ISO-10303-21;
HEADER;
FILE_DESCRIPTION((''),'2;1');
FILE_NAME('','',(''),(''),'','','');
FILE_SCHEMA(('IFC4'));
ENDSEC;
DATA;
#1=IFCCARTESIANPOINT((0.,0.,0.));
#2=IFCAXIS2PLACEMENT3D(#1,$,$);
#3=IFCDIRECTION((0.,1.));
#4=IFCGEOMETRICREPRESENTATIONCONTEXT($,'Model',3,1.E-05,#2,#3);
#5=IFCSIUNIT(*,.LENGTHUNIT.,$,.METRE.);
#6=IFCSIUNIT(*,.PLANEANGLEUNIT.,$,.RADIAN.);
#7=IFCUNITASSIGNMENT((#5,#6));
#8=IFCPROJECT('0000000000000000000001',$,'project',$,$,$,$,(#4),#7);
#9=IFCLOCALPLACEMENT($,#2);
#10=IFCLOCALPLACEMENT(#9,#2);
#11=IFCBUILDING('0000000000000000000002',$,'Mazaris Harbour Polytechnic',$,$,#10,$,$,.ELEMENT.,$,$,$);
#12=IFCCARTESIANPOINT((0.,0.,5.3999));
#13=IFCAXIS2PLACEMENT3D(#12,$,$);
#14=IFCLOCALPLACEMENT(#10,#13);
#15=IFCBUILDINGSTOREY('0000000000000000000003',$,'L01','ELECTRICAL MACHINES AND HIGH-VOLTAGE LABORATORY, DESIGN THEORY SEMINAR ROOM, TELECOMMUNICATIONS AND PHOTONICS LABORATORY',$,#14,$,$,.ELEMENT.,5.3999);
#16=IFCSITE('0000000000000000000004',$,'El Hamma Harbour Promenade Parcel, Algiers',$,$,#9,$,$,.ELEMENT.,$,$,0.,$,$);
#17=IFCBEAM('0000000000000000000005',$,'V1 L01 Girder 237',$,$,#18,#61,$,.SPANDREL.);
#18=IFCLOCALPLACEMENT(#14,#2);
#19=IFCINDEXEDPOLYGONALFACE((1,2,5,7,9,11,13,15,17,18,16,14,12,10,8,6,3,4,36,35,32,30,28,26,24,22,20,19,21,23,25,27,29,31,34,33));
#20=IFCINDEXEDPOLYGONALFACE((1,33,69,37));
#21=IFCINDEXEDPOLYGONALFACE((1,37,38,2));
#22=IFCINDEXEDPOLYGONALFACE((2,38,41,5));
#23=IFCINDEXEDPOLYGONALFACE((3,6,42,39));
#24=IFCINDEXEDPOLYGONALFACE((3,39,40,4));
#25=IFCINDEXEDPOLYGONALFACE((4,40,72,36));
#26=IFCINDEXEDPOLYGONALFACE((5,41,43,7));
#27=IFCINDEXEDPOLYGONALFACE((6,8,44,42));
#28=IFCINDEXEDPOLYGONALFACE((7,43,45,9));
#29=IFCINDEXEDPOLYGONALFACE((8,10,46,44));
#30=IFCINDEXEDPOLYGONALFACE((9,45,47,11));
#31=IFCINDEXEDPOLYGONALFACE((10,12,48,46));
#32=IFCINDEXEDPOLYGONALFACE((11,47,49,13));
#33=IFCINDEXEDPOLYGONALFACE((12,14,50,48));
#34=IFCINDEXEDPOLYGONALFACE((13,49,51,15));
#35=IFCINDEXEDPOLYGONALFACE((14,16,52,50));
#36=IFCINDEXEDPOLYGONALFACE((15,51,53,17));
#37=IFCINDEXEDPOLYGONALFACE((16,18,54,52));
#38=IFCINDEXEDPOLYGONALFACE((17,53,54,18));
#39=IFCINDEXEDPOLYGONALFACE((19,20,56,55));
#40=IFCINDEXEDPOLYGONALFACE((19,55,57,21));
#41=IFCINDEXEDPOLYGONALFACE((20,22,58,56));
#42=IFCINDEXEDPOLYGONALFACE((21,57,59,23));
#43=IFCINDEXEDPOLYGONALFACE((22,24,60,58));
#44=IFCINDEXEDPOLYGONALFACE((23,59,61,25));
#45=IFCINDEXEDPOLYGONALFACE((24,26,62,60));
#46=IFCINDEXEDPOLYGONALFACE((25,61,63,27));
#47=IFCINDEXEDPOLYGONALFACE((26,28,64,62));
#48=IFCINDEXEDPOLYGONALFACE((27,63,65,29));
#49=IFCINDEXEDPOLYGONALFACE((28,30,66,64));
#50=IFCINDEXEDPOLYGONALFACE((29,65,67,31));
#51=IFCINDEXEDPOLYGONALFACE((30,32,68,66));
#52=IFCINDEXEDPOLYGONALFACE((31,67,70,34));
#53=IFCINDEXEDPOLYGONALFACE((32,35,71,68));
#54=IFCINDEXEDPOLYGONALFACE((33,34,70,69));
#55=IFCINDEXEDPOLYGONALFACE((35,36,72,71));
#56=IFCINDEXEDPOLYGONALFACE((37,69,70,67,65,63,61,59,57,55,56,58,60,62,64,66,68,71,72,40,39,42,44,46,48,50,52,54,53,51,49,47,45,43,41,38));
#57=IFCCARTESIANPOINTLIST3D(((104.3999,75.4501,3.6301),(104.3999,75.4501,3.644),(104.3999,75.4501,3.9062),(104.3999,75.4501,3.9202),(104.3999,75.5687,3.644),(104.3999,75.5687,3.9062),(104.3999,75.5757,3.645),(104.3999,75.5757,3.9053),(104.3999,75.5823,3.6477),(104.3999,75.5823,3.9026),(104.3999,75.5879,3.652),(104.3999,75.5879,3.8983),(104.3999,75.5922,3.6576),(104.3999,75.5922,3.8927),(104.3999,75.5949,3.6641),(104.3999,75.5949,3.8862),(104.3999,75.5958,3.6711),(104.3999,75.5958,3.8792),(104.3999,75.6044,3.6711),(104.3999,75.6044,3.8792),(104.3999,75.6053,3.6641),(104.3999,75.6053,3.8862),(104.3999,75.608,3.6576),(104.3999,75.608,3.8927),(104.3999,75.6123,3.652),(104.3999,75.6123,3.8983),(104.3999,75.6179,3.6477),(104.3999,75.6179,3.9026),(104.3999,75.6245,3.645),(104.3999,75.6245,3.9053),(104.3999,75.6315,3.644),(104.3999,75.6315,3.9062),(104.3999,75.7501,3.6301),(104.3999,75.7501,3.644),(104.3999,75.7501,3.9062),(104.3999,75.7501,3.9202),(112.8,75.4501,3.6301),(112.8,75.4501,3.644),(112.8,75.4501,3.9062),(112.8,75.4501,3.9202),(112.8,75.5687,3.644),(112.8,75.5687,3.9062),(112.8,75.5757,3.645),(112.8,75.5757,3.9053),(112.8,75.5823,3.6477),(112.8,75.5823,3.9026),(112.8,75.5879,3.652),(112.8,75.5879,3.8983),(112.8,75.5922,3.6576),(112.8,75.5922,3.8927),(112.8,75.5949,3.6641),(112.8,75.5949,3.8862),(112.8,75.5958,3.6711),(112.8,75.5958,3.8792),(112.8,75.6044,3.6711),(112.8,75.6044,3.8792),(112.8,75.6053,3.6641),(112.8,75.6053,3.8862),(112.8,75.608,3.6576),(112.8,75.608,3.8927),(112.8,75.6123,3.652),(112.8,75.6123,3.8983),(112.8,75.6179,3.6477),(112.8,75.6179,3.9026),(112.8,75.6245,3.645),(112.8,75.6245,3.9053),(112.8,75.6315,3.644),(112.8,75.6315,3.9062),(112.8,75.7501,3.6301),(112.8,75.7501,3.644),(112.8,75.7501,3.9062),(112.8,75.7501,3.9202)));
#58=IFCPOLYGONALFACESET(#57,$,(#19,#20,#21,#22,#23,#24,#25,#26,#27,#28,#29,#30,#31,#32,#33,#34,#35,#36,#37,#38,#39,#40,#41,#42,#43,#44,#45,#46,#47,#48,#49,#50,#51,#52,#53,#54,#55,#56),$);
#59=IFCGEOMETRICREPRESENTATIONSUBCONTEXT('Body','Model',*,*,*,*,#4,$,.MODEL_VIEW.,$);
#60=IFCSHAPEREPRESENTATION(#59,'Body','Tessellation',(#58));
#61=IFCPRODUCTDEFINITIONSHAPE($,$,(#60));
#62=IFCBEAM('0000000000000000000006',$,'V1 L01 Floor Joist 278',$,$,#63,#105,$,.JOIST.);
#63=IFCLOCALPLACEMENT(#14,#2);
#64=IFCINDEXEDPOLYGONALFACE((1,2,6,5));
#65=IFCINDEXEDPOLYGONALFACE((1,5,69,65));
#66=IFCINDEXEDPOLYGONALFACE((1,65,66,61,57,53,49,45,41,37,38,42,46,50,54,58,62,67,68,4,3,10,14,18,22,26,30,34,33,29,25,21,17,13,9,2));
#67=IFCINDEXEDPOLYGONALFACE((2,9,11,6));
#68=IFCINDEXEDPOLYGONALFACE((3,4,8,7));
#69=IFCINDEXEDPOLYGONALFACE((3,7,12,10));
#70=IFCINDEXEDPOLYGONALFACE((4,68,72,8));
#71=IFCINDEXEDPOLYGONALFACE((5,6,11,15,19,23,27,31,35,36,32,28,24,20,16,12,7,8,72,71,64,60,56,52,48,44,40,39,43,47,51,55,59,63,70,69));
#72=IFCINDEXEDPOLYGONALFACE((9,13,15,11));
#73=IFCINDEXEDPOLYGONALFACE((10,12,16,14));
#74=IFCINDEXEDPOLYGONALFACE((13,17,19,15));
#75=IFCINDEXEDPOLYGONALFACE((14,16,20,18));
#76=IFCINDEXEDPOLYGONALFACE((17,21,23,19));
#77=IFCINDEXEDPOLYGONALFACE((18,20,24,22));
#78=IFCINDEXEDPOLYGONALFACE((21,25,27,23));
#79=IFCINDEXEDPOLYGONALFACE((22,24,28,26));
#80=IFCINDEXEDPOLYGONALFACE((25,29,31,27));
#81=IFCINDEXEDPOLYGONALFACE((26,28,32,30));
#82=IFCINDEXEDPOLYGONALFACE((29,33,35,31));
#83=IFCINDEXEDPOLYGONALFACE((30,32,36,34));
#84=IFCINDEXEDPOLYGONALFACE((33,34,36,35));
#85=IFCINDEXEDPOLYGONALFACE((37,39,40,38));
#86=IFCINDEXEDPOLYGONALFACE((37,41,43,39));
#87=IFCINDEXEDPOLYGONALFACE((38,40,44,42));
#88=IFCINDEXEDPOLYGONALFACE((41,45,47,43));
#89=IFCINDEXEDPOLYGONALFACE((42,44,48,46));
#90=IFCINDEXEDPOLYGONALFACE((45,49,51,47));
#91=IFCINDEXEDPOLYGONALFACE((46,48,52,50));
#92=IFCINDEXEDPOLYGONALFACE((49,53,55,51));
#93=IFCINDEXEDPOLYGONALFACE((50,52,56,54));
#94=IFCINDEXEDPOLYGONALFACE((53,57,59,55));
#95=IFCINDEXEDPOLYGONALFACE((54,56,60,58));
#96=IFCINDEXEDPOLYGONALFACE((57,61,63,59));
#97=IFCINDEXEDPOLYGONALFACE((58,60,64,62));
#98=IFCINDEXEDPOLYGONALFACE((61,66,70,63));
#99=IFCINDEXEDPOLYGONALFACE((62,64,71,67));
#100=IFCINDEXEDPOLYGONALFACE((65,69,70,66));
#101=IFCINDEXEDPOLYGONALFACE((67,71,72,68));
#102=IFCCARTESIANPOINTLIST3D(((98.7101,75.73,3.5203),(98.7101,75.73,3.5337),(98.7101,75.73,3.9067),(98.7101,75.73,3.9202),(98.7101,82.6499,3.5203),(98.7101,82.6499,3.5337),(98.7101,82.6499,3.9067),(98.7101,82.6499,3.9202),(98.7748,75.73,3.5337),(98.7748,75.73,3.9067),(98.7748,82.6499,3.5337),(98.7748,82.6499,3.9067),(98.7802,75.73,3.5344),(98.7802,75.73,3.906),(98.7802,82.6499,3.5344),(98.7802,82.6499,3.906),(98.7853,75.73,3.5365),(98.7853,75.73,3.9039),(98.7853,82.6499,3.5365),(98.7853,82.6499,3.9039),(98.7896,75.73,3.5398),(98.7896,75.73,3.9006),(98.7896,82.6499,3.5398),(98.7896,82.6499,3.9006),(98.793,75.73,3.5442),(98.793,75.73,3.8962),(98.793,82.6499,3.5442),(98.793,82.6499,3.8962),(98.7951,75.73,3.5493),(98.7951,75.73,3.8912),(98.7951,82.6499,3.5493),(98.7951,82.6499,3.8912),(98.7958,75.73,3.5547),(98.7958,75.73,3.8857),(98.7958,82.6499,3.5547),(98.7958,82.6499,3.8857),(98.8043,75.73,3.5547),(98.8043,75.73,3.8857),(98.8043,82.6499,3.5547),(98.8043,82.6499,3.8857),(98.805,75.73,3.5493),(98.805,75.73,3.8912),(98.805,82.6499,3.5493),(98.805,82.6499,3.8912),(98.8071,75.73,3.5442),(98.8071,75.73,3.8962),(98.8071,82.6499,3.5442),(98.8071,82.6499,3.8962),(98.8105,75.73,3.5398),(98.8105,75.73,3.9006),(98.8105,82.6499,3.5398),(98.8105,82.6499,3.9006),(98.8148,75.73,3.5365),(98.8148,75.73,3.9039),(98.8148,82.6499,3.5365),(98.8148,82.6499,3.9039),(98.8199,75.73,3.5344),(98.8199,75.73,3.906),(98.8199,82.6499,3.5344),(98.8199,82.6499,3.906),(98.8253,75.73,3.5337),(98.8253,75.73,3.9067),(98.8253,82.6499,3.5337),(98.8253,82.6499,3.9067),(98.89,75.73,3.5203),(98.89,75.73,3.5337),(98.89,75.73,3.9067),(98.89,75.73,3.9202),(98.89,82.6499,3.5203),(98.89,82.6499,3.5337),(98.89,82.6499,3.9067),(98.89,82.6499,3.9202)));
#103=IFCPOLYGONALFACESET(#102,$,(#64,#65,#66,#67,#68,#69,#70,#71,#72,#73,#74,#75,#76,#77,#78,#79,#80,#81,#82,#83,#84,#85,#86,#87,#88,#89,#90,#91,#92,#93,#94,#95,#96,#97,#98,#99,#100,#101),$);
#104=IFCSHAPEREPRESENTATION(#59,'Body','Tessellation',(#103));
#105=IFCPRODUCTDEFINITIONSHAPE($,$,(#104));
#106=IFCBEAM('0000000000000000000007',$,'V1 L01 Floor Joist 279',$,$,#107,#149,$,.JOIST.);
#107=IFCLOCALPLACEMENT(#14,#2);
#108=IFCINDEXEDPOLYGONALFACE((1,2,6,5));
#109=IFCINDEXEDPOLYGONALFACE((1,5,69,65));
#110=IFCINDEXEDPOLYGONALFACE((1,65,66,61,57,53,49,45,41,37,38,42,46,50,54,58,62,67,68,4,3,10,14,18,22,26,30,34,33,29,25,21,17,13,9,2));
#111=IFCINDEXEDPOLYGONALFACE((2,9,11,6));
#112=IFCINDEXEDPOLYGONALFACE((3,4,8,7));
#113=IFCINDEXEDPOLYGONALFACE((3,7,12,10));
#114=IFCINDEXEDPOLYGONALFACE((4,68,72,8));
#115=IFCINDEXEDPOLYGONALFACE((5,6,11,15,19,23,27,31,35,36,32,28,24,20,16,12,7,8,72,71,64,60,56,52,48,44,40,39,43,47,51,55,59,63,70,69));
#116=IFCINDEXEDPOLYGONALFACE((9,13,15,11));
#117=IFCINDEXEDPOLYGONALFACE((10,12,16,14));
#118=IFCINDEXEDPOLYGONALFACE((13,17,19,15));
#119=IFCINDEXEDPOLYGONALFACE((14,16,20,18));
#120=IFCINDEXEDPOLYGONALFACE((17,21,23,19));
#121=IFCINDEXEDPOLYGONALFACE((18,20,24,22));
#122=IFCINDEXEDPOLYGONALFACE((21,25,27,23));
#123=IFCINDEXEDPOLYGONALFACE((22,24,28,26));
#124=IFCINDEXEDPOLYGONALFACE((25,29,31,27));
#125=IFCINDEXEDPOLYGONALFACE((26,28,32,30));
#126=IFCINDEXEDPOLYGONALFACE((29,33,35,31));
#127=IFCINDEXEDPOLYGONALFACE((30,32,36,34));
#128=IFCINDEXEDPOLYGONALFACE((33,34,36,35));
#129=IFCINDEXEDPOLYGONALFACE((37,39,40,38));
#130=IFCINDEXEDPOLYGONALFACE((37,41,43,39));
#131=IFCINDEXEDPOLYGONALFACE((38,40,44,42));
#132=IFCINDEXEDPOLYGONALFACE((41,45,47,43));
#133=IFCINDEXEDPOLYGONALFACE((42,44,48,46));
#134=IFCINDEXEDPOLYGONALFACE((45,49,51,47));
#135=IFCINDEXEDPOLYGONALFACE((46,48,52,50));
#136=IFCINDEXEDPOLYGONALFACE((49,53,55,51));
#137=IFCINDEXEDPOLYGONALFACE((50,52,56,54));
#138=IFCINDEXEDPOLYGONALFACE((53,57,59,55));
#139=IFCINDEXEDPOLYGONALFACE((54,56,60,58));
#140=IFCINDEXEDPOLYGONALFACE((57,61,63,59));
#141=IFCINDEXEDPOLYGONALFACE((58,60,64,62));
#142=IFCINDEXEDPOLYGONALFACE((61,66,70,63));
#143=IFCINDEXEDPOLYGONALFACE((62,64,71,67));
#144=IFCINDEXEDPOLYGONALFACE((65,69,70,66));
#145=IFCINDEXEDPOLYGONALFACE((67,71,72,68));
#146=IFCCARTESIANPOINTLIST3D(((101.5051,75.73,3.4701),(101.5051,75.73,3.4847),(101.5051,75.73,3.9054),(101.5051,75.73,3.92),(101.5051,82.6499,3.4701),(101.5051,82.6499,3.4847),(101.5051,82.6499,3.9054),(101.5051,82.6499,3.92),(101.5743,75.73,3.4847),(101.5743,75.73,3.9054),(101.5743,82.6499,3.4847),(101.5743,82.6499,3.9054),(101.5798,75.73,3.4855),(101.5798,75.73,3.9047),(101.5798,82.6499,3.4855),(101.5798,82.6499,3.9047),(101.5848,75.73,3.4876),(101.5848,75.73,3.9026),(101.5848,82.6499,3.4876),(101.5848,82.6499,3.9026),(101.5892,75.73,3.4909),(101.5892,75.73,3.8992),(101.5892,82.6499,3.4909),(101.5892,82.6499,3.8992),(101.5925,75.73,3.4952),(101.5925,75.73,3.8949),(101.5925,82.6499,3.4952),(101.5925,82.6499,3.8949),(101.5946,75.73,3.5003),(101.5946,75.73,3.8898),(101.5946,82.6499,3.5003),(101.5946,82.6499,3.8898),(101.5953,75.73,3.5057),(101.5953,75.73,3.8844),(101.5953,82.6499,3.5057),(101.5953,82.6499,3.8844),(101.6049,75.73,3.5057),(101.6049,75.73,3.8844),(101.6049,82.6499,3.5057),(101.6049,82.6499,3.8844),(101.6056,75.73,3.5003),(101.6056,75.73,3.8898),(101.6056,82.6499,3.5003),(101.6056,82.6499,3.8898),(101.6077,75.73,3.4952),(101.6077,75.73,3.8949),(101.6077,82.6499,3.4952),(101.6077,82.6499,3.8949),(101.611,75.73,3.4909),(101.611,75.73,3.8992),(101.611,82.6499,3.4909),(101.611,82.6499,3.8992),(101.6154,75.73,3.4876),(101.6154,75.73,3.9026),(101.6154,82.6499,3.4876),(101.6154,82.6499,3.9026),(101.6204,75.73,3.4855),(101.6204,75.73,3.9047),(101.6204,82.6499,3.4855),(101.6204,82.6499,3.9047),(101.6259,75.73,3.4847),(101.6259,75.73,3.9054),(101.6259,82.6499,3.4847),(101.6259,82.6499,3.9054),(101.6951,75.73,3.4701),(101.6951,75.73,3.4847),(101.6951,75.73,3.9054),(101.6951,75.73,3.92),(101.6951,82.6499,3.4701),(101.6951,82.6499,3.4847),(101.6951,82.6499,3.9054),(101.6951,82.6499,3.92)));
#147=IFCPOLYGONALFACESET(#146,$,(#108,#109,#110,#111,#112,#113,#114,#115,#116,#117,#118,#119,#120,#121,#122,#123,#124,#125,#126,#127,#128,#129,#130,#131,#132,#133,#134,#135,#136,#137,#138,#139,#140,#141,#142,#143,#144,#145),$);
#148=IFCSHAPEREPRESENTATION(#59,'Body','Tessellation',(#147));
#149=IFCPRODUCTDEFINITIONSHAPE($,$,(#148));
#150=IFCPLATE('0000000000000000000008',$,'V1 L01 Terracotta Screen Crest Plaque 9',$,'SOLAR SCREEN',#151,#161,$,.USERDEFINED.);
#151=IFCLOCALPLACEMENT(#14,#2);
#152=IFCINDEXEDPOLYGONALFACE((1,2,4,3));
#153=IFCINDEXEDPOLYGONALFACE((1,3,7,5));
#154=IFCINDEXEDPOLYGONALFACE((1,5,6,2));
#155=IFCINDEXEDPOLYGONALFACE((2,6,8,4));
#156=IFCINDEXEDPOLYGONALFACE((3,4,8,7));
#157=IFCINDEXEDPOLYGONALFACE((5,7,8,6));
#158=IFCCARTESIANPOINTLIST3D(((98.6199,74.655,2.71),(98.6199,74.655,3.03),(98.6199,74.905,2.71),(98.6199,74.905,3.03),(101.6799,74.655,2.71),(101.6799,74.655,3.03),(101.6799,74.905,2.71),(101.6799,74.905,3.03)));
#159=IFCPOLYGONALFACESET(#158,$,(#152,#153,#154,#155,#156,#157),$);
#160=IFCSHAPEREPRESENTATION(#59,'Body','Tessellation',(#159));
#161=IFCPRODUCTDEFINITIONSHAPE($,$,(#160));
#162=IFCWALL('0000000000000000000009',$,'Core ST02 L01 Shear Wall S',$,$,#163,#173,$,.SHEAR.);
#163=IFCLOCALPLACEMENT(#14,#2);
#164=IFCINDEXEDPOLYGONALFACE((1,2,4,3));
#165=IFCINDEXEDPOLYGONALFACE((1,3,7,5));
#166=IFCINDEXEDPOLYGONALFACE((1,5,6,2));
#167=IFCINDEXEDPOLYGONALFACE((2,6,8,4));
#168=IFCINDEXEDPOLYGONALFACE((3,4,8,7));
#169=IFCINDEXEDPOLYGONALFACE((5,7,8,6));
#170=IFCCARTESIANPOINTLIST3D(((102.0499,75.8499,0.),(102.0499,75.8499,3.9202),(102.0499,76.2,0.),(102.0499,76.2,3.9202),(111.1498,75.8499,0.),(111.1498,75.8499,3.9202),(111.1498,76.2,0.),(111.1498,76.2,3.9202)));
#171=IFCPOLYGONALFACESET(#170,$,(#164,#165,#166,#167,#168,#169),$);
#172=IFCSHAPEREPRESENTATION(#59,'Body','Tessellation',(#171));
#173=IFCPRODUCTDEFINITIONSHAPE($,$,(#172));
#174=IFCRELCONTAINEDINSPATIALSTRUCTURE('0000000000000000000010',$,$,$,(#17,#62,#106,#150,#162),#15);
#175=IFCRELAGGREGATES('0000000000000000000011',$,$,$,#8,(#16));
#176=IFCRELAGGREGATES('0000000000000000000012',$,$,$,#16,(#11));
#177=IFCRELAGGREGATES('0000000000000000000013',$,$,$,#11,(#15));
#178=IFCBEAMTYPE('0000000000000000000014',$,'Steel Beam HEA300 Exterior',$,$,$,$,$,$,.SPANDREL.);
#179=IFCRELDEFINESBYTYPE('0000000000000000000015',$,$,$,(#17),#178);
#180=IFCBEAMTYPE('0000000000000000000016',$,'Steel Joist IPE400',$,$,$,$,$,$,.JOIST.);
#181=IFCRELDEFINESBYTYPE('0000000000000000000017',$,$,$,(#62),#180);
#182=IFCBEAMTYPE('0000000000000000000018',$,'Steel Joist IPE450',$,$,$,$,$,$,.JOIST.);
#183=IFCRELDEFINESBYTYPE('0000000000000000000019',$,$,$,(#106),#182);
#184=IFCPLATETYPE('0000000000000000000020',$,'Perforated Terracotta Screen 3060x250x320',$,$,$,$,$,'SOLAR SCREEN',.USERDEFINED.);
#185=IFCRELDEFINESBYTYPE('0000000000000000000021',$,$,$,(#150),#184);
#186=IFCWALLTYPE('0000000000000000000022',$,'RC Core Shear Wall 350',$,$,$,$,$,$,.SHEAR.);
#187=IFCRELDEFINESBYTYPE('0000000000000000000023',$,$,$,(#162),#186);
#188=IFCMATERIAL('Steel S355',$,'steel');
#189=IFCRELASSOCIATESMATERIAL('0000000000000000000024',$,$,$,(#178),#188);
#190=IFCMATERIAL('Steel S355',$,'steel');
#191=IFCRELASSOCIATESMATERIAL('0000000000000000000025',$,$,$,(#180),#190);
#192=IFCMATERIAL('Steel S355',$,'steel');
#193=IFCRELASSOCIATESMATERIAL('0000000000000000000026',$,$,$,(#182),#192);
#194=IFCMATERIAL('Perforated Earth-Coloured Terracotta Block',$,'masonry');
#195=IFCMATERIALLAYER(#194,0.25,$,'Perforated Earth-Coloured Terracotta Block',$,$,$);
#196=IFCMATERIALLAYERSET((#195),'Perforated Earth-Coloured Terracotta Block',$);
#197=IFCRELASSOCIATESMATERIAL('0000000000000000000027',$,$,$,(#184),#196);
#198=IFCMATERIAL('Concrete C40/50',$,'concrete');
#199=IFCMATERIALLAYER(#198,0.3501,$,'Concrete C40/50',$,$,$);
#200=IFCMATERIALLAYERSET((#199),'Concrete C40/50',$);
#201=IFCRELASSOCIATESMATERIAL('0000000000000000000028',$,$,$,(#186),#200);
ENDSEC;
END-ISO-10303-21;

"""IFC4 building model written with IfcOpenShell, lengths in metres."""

from ifc_helpers import new_model, si_unit, direction, frame, frame_2d, origin, origin_2d, place, context, subcontext, project, spatial, rectangle, i_section, extrude, material, layer, layer_set, material_profile, profile_set, type_object, element, save


model = new_model("IFC4")

# Units and contexts
model_context = context("Model", 3, precision=1e-05, world=origin(), true_north=direction((0.0, 1.0)))
body_context = subcontext(model_context, "Body", "Model", "MODEL_VIEW")
ifc_project = project(units=[si_unit("LENGTHUNIT", "METRE"), si_unit("PLANEANGLEUNIT", "RADIAN")], contexts=[model_context])

# Site, building, storey
site_placement = place(None, origin())
site = spatial("IfcSite", under=ifc_project, at=site_placement, Name="El Hamma Harbour Promenade Parcel, Algiers", CompositionType="ELEMENT", RefElevation=0.0)
building_placement = place(site_placement, origin())
building = spatial("IfcBuilding", under=site, at=building_placement, Name="Mazaris Harbour Polytechnic", CompositionType="ELEMENT")
storey_placement = place(building_placement, frame((0.0, 0.0, 5.3999)))
storey = spatial("IfcBuildingStorey", under=building, at=storey_placement, Name="L01", Description="ELECTRICAL MACHINES AND HIGH-VOLTAGE LABORATORY, DESIGN THEORY SEMINAR ROOM, TELECOMMUNICATIONS AND PHOTONICS LABORATORY", CompositionType="ELEMENT", Elevation=5.3999)

# Beams
ifc_material_1 = material(Name="Steel S355", Category="steel")
ifc_material_profile_1 = material_profile(ifc_material_1, i_section(OverallWidth=0.3, OverallDepth=0.29, WebThickness=0.0085, FlangeThickness=0.0139, FilletRadius=0.0271, at=origin_2d()), Name="HEA 300")
ifc_profile_set_1 = profile_set([ifc_material_profile_1], Name="Steel S355")
beam_type_1 = type_object("IfcBeamType", Name="Steel Beam HEA300 Exterior", PredefinedType="SPANDREL", material=ifc_profile_set_1)
beam_1_placement = place(storey_placement, frame((104.3999, 75.6001, 3.7751), z_axis=(1.0, 0.0, 0.0), x_axis=(0.0, 1.0, 0.0)))
element("IfcBeam", 1, at=beam_1_placement, inside=storey, type_object=beam_type_1, Name="V1 L01 Girder 237", PredefinedType="SPANDREL", context=body_context, shape_type="SweptSolid", body=[
    extrude(i_section(OverallWidth=0.3, OverallDepth=0.29, WebThickness=0.0085, FlangeThickness=0.0139, FilletRadius=0.0271, at=origin_2d()), origin(), (0.0, 0.0, 1.0), 8.4001),
])
ifc_material_2 = material(Name="Steel S355", Category="steel")
ifc_material_profile_2 = material_profile(ifc_material_2, i_section(OverallWidth=0.1799, OverallDepth=0.3999, WebThickness=0.0085, FlangeThickness=0.0134, FilletRadius=0.021, at=origin_2d()), Name="IPE 400")
ifc_profile_set_2 = profile_set([ifc_material_profile_2], Name="Steel S355")
beam_type_2 = type_object("IfcBeamType", Name="Steel Joist IPE400", PredefinedType="JOIST", material=ifc_profile_set_2)
beam_2_placement = place(storey_placement, frame((98.8, 75.73, 3.7202), z_axis=(0.0, 1.0, 0.0), x_axis=(-1.0, 0.0, 0.0)))
element("IfcBeam", 2, at=beam_2_placement, inside=storey, type_object=beam_type_2, Name="V1 L01 Floor Joist 278", PredefinedType="JOIST", context=body_context, shape_type="SweptSolid", body=[
    extrude(i_section(OverallWidth=0.1799, OverallDepth=0.3999, WebThickness=0.0085, FlangeThickness=0.0134, FilletRadius=0.021, at=origin_2d()), origin(), (0.0, 0.0, 1.0), 6.9199),
])
ifc_material_3 = material(Name="Steel S355", Category="steel")
ifc_material_profile_3 = material_profile(ifc_material_3, i_section(OverallWidth=0.1899, OverallDepth=0.45, WebThickness=0.0095, FlangeThickness=0.0146, FilletRadius=0.021, at=origin_2d()), Name="IPE 450")
ifc_profile_set_3 = profile_set([ifc_material_profile_3], Name="Steel S355")
beam_type_3 = type_object("IfcBeamType", Name="Steel Joist IPE450", PredefinedType="JOIST", material=ifc_profile_set_3)
beam_3_placement = place(storey_placement, frame((101.6001, 75.73, 3.6951), z_axis=(0.0, 1.0, 0.0), x_axis=(-1.0, 0.0, 0.0)))
element("IfcBeam", 3, at=beam_3_placement, inside=storey, type_object=beam_type_3, Name="V1 L01 Floor Joist 279", PredefinedType="JOIST", context=body_context, shape_type="SweptSolid", body=[
    extrude(i_section(OverallWidth=0.1899, OverallDepth=0.45, WebThickness=0.0095, FlangeThickness=0.0146, FilletRadius=0.021, at=origin_2d()), origin(), (0.0, 0.0, 1.0), 6.9199),
])

# Plate
ifc_material_4 = material(Name="Perforated Earth-Coloured Terracotta Block", Category="masonry")
ifc_layer_1 = layer(ifc_material_4, 0.25, Name="Perforated Earth-Coloured Terracotta Block")
ifc_layer_set_1 = layer_set([ifc_layer_1], Name="Perforated Earth-Coloured Terracotta Block")
plate_type = type_object("IfcPlateType", Name="Perforated Terracotta Screen 3060x250x320", ElementType="SOLAR SCREEN", PredefinedType="USERDEFINED", material=ifc_layer_set_1)
plate_placement = place(storey_placement, frame((100.1499, 74.78, 2.71), z_axis=(0.0, 0.0, 1.0), x_axis=(-1.0, 0.0, 0.0)))
element("IfcPlate", 4, at=plate_placement, inside=storey, type_object=plate_type, Name="V1 L01 Terracotta Screen Crest Plaque 9", ObjectType="SOLAR SCREEN", PredefinedType="USERDEFINED", context=body_context, shape_type="SweptSolid", body=[
    extrude(rectangle(XDim=3.0601, YDim=0.25, at=origin_2d()), origin(), (0.0, 0.0, 1.0), 0.3201),
])

# Wall
ifc_material_5 = material(Name="Concrete C40/50", Category="concrete")
ifc_layer_2 = layer(ifc_material_5, 0.3501, Name="Concrete C40/50")
ifc_layer_set_2 = layer_set([ifc_layer_2], Name="Concrete C40/50")
wall_type_1 = type_object("IfcWallType", Name="RC Core Shear Wall 350", PredefinedType="SHEAR", material=ifc_layer_set_2)
wall_1_placement = place(storey_placement, frame((102.05, 76.0249, 0.0), z_axis=(0.0, 0.0, 1.0), x_axis=(1.0, 0.0, 0.0)))
element("IfcWall", 5, at=wall_1_placement, inside=storey, type_object=wall_type_1, Name="Core ST02 L01 Shear Wall S", PredefinedType="SHEAR", context=body_context, shape_type="SweptSolid", body=[
    extrude(rectangle(XDim=9.0999, YDim=0.3501, at=frame_2d((4.5498, 0.0))), origin(), (0.0, 0.0, 1.0), 3.9202),
])

save(model, "model.ifc")
